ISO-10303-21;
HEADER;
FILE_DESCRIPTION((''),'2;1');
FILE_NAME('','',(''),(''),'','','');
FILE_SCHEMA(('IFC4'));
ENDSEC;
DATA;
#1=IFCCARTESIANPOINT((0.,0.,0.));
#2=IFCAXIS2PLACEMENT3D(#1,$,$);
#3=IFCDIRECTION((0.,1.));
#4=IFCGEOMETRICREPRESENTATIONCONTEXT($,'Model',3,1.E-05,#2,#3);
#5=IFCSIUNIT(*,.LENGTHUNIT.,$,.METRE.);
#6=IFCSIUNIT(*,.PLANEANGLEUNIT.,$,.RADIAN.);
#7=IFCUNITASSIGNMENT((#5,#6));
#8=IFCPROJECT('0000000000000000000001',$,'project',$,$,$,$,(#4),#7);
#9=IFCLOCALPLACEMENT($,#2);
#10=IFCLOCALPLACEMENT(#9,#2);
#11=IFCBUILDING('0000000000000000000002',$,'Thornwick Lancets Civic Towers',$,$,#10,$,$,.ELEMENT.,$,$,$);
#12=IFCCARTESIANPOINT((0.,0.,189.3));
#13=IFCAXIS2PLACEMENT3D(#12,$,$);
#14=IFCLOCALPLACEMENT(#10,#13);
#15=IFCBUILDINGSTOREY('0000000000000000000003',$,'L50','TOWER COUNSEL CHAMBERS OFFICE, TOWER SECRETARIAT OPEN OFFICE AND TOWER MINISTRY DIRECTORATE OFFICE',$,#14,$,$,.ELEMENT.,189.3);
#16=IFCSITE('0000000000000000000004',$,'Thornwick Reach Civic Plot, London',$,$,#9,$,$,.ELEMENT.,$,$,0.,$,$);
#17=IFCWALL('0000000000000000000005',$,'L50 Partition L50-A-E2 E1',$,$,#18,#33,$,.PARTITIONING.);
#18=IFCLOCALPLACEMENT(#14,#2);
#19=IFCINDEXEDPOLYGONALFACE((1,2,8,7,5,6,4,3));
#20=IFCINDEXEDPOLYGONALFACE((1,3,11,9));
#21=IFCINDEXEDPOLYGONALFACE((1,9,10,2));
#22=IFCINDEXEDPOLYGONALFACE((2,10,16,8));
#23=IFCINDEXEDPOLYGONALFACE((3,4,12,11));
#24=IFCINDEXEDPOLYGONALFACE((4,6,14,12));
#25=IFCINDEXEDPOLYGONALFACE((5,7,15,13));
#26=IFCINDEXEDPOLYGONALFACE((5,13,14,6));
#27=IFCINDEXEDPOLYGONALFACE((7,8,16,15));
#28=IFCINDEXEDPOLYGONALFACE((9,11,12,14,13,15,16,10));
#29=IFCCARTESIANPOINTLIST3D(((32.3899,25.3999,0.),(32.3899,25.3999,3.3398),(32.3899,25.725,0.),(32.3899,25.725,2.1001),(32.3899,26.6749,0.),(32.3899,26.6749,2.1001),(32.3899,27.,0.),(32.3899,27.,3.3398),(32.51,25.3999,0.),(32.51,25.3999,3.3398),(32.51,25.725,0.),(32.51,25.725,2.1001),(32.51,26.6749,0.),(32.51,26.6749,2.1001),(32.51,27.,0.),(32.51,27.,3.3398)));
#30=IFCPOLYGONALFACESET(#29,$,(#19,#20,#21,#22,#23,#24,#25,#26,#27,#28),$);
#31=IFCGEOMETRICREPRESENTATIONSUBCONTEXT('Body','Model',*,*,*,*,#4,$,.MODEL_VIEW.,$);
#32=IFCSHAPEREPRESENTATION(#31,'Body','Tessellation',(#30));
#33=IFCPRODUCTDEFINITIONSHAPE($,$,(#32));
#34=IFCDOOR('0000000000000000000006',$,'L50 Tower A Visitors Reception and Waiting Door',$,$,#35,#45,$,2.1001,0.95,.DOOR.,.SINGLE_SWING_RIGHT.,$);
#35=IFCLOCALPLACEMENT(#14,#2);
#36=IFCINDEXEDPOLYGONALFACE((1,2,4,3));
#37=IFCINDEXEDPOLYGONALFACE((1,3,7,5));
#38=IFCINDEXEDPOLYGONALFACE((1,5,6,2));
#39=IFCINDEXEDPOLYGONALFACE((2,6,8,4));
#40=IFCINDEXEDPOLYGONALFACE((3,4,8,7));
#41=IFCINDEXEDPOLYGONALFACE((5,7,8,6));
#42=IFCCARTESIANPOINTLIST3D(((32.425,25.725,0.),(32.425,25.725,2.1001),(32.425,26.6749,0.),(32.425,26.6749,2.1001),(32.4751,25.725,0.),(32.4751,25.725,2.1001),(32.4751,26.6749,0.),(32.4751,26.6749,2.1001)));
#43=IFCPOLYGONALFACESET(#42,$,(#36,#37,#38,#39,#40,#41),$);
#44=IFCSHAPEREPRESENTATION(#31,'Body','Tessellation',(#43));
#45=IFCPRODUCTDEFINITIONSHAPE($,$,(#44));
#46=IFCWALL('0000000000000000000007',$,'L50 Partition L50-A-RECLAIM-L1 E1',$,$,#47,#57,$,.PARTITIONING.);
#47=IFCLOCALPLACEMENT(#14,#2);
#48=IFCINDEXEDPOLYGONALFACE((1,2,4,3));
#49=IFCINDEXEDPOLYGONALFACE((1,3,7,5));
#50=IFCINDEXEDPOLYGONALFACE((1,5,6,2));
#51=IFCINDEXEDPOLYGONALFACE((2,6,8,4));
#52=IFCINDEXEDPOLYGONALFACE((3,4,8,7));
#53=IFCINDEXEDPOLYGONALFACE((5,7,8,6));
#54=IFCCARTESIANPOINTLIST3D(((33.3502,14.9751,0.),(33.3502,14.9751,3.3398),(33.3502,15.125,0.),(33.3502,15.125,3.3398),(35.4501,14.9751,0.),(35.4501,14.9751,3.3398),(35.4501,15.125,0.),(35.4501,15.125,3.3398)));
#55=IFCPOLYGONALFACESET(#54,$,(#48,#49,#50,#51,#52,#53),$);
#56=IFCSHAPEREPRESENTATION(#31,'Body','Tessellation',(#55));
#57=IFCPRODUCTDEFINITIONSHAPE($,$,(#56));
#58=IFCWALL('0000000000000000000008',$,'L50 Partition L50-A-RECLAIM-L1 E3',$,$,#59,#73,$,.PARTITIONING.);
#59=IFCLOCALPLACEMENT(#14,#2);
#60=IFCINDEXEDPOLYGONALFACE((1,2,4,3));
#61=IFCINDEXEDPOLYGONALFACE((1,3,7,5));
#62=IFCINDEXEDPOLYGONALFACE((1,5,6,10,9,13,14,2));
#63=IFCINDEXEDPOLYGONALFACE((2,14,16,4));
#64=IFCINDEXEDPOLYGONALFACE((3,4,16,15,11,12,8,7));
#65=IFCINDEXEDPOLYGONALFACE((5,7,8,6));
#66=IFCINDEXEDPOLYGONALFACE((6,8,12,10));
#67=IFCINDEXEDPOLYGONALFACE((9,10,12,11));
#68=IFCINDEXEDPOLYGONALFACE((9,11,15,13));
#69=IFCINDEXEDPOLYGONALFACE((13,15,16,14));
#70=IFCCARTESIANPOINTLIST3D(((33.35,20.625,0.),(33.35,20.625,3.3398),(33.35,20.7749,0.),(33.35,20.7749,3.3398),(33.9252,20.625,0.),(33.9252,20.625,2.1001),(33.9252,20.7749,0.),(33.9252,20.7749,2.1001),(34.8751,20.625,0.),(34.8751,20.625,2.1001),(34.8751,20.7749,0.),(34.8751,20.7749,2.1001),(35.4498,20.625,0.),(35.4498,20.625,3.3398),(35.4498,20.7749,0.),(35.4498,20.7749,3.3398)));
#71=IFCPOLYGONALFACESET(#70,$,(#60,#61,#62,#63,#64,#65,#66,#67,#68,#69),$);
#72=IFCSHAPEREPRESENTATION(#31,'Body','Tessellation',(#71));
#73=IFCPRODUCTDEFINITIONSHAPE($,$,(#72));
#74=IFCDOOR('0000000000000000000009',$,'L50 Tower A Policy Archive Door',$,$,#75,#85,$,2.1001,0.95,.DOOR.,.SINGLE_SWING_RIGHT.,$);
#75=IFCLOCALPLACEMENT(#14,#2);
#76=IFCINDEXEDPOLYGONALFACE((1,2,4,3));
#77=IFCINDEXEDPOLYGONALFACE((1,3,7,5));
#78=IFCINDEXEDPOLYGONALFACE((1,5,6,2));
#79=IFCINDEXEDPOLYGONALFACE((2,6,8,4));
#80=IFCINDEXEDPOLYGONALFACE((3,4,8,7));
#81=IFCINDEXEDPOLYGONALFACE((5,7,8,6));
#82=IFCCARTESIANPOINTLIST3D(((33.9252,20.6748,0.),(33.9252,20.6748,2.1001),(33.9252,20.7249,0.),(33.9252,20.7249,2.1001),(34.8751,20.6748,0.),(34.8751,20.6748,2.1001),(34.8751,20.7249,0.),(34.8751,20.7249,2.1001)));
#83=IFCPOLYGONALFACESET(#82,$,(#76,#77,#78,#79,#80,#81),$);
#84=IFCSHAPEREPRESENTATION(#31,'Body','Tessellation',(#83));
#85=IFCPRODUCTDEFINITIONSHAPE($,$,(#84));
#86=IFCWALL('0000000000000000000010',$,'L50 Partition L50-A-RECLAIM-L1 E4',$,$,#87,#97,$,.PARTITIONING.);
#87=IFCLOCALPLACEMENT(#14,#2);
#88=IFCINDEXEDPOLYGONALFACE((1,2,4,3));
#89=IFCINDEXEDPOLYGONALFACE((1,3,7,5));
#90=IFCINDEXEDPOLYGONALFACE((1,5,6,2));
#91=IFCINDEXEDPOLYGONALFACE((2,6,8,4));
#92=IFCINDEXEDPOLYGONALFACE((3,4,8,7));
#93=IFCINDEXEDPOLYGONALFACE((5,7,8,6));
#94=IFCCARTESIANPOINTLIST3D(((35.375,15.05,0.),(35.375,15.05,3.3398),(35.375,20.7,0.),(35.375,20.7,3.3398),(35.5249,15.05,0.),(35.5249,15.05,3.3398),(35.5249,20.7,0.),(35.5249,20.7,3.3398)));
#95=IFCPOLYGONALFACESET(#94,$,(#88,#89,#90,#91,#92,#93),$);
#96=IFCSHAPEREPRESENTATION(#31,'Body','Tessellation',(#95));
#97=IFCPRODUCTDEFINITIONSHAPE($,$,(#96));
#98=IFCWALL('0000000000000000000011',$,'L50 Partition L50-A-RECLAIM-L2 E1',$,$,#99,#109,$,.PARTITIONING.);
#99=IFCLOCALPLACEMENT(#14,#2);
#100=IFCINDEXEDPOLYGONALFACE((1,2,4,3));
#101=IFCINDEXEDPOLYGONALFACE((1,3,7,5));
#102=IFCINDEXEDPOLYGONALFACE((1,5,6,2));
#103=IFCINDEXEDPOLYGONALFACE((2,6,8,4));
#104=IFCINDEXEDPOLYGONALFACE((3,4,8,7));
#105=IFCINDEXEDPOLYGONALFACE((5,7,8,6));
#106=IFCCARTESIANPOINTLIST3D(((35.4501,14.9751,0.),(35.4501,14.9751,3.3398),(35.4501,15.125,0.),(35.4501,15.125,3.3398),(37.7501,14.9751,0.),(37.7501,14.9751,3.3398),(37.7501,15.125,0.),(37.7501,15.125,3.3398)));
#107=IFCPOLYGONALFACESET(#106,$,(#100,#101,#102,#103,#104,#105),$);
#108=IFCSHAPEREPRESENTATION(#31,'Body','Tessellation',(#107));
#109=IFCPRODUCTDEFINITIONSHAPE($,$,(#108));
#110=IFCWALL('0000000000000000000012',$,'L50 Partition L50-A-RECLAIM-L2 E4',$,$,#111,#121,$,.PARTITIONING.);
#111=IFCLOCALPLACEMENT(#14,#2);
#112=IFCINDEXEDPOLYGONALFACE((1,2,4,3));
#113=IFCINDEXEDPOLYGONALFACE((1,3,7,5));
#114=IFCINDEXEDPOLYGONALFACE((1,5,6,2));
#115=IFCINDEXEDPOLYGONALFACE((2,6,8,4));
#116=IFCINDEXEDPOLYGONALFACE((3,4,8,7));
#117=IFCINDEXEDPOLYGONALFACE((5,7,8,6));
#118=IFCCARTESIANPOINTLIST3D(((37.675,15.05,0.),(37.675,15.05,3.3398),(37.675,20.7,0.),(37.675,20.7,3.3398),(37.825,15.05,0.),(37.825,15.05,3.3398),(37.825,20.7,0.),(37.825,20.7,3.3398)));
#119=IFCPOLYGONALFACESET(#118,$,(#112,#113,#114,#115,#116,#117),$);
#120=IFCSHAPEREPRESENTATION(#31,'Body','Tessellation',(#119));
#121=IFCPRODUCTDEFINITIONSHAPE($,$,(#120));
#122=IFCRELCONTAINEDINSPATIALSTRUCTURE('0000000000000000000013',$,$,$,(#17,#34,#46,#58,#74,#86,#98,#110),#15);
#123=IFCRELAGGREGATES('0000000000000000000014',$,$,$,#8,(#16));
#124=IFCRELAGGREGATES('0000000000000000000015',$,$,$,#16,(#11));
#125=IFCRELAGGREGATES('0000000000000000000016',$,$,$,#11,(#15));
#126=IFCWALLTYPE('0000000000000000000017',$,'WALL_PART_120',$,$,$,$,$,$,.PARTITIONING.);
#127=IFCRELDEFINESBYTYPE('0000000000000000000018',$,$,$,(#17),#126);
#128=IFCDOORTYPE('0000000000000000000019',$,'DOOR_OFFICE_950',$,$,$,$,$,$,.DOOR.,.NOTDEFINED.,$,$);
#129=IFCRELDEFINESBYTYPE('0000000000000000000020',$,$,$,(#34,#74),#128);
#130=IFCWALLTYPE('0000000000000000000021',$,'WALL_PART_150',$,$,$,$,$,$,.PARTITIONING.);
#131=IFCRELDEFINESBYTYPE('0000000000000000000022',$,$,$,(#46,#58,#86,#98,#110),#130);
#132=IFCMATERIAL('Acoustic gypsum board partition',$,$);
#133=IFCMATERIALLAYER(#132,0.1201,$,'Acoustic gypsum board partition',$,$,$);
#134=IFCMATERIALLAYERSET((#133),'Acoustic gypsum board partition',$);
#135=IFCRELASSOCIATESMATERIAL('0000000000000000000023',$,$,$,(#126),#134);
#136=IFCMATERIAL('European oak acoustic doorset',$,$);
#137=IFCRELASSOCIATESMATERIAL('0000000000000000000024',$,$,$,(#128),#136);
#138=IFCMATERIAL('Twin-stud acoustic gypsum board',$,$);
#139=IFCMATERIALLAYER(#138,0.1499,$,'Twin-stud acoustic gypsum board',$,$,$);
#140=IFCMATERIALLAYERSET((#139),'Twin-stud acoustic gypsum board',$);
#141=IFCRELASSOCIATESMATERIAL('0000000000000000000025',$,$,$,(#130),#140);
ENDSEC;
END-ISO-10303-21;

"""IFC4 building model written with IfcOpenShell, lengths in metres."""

from ifc_helpers import new_model, si_unit, direction, frame, frame_2d, origin, place, context, subcontext, project, spatial, rectangle, extrude, material, layer, layer_set, type_object, element, fill, save


model = new_model("IFC4")

# Units and contexts
model_context = context("Model", 3, precision=1e-05, world=origin(), true_north=direction((0.0, 1.0)))
body_context = subcontext(model_context, "Body", "Model", "MODEL_VIEW")
ifc_project = project(units=[si_unit("LENGTHUNIT", "METRE"), si_unit("PLANEANGLEUNIT", "RADIAN")], contexts=[model_context])

# Site, building, storey
site_placement = place(None, origin())
site = spatial("IfcSite", under=ifc_project, at=site_placement, Name="Thornwick Reach Civic Plot, London", CompositionType="ELEMENT", RefElevation=0.0)
building_placement = place(site_placement, origin())
building = spatial("IfcBuilding", under=site, at=building_placement, Name="Thornwick Lancets Civic Towers", CompositionType="ELEMENT")
storey_placement = place(building_placement, frame((0.0, 0.0, 189.3)))
storey = spatial("IfcBuildingStorey", under=building, at=storey_placement, Name="L50", Description="TOWER COUNSEL CHAMBERS OFFICE, TOWER SECRETARIAT OPEN OFFICE AND TOWER MINISTRY DIRECTORATE OFFICE", CompositionType="ELEMENT", Elevation=189.3)

# Shared definitions
ifc_material_1 = material(Name="Acoustic gypsum board partition")
ifc_layer_1 = layer(ifc_material_1, 0.1201, Name="Acoustic gypsum board partition")
ifc_layer_set_1 = layer_set([ifc_layer_1], Name="Acoustic gypsum board partition")
wall_type_1 = type_object("IfcWallType", Name="WALL_PART_120", PredefinedType="PARTITIONING", material=ifc_layer_set_1)

# Wall, opening, door
wall_1_placement = place(storey_placement, frame((32.45, 25.3999, 0.0), z_axis=(0.0, 0.0, 1.0), x_axis=(0.0, 1.0, 0.0)))
wall_1 = element("IfcWall", 1, at=wall_1_placement, inside=storey, type_object=wall_type_1, Name="L50 Partition L50-A-E2 E1", PredefinedType="PARTITIONING", context=body_context, shape_type="SweptSolid", body=[
    extrude(rectangle(XDim=1.6001, YDim=0.1201, at=frame_2d((0.8, 0.0))), origin(), (0.0, 0.0, 1.0), 3.3398),
])
opening_1_placement = place(wall_1_placement, frame((0.325, 0.0, 0.0)))
opening_1 = element("IfcOpeningElement", 2, at=opening_1_placement, cuts=wall_1, PredefinedType="OPENING", context=body_context, shape_type="SweptSolid", body=[
    extrude(rectangle(XDim=0.95, YDim=2.1001, at=frame_2d((0.4751, 1.05))), frame((0.0, 0.0701, 0.0), z_axis=(0.0, -1.0, 0.0), x_axis=(1.0, 0.0, 0.0)), (0.0, 0.0, 1.0), 0.1401),
])
ifc_material_2 = material(Name="European oak acoustic doorset")
door_type_1 = type_object("IfcDoorType", Name="DOOR_OFFICE_950", OperationType="NOTDEFINED", PredefinedType="DOOR", material=ifc_material_2)
door_1_placement = place(opening_1_placement, origin())
door_1 = element("IfcDoor", 3, at=door_1_placement, inside=storey, type_object=door_type_1, Name="L50 Tower A Visitors Reception and Waiting Door", OperationType="SINGLE_SWING_RIGHT", OverallHeight=2.1001, OverallWidth=0.95, PredefinedType="DOOR", context=body_context, shape_type="SweptSolid", body=[
    extrude(rectangle(XDim=0.95, YDim=2.1001, at=frame_2d((0.4751, 1.05))), frame((0.0, 0.0249, 0.0), z_axis=(0.0, -1.0, 0.0), x_axis=(1.0, 0.0, 0.0)), (0.0, 0.0, 1.0), 0.05),
])
fill(opening_1, door_1)

# Wall
ifc_material_3 = material(Name="Twin-stud acoustic gypsum board")
ifc_layer_2 = layer(ifc_material_3, 0.1499, Name="Twin-stud acoustic gypsum board")
ifc_layer_set_2 = layer_set([ifc_layer_2], Name="Twin-stud acoustic gypsum board")
wall_type_2 = type_object("IfcWallType", Name="WALL_PART_150", PredefinedType="PARTITIONING", material=ifc_layer_set_2)
wall_2_placement = place(storey_placement, frame((35.45, 15.05, 0.0), z_axis=(0.0, 0.0, 1.0), x_axis=(-1.0, 0.0, 0.0)))
element("IfcWall", 4, at=wall_2_placement, inside=storey, type_object=wall_type_2, Name="L50 Partition L50-A-RECLAIM-L1 E1", PredefinedType="PARTITIONING", context=body_context, shape_type="SweptSolid", body=[
    extrude(rectangle(XDim=2.0999, YDim=0.1499, at=frame_2d((1.0498, 0.0))), origin(), (0.0, 0.0, 1.0), 3.3398),
])

# Wall, opening, door
wall_3_placement = place(storey_placement, frame((33.3501, 20.7, 0.0), z_axis=(0.0, 0.0, 1.0), x_axis=(1.0, 0.0, 0.0)))
wall_3 = element("IfcWall", 5, at=wall_3_placement, inside=storey, type_object=wall_type_2, Name="L50 Partition L50-A-RECLAIM-L1 E3", PredefinedType="PARTITIONING", context=body_context, shape_type="SweptSolid", body=[
    extrude(rectangle(XDim=2.0999, YDim=0.1499, at=frame_2d((1.0498, 0.0))), origin(), (0.0, 0.0, 1.0), 3.3398),
])
opening_2_placement = place(wall_3_placement, frame((0.575, 0.0, 0.0)))
opening_2 = element("IfcOpeningElement", 6, at=opening_2_placement, cuts=wall_3, PredefinedType="OPENING", context=body_context, shape_type="SweptSolid", body=[
    extrude(rectangle(XDim=0.95, YDim=2.1001, at=frame_2d((0.4751, 1.05))), frame((0.0, 0.085, 0.0), z_axis=(0.0, -1.0, 0.0), x_axis=(1.0, 0.0, 0.0)), (0.0, 0.0, 1.0), 0.1699),
])
door_2_placement = place(opening_2_placement, origin())
door_2 = element("IfcDoor", 7, at=door_2_placement, inside=storey, type_object=door_type_1, Name="L50 Tower A Policy Archive Door", OperationType="SINGLE_SWING_RIGHT", OverallHeight=2.1001, OverallWidth=0.95, PredefinedType="DOOR", context=body_context, shape_type="SweptSolid", body=[
    extrude(rectangle(XDim=0.95, YDim=2.1001, at=frame_2d((0.4751, 1.05))), frame((0.0, 0.0249, 0.0), z_axis=(0.0, -1.0, 0.0), x_axis=(1.0, 0.0, 0.0)), (0.0, 0.0, 1.0), 0.05),
])
fill(opening_2, door_2)

# Walls
wall_4_placement = place(storey_placement, frame((35.45, 20.7, 0.0), z_axis=(0.0, 0.0, 1.0), x_axis=(0.0, -1.0, 0.0)))
element("IfcWall", 8, at=wall_4_placement, inside=storey, type_object=wall_type_2, Name="L50 Partition L50-A-RECLAIM-L1 E4", PredefinedType="PARTITIONING", context=body_context, shape_type="SweptSolid", body=[
    extrude(rectangle(XDim=5.6499, YDim=0.1499, at=frame_2d((2.825, 0.0))), origin(), (0.0, 0.0, 1.0), 3.3398),
])
wall_5_placement = place(storey_placement, frame((37.75, 15.05, 0.0), z_axis=(0.0, 0.0, 1.0), x_axis=(-1.0, 0.0, 0.0)))
element("IfcWall", 9, at=wall_5_placement, inside=storey, type_object=wall_type_2, Name="L50 Partition L50-A-RECLAIM-L2 E1", PredefinedType="PARTITIONING", context=body_context, shape_type="SweptSolid", body=[
    extrude(rectangle(XDim=2.3, YDim=0.1499, at=frame_2d((1.1499, 0.0))), origin(), (0.0, 0.0, 1.0), 3.3398),
])

# Wall
wall_6_placement = place(storey_placement, frame((37.75, 20.7, 0.0), z_axis=(0.0, 0.0, 1.0), x_axis=(0.0, -1.0, 0.0)))
element("IfcWall", 10, at=wall_6_placement, inside=storey, type_object=wall_type_2, Name="L50 Partition L50-A-RECLAIM-L2 E4", PredefinedType="PARTITIONING", context=body_context, shape_type="SweptSolid", body=[
    extrude(rectangle(XDim=5.6499, YDim=0.1499, at=frame_2d((2.825, 0.0))), origin(), (0.0, 0.0, 1.0), 3.3398),
])

save(model, "model.ifc")
